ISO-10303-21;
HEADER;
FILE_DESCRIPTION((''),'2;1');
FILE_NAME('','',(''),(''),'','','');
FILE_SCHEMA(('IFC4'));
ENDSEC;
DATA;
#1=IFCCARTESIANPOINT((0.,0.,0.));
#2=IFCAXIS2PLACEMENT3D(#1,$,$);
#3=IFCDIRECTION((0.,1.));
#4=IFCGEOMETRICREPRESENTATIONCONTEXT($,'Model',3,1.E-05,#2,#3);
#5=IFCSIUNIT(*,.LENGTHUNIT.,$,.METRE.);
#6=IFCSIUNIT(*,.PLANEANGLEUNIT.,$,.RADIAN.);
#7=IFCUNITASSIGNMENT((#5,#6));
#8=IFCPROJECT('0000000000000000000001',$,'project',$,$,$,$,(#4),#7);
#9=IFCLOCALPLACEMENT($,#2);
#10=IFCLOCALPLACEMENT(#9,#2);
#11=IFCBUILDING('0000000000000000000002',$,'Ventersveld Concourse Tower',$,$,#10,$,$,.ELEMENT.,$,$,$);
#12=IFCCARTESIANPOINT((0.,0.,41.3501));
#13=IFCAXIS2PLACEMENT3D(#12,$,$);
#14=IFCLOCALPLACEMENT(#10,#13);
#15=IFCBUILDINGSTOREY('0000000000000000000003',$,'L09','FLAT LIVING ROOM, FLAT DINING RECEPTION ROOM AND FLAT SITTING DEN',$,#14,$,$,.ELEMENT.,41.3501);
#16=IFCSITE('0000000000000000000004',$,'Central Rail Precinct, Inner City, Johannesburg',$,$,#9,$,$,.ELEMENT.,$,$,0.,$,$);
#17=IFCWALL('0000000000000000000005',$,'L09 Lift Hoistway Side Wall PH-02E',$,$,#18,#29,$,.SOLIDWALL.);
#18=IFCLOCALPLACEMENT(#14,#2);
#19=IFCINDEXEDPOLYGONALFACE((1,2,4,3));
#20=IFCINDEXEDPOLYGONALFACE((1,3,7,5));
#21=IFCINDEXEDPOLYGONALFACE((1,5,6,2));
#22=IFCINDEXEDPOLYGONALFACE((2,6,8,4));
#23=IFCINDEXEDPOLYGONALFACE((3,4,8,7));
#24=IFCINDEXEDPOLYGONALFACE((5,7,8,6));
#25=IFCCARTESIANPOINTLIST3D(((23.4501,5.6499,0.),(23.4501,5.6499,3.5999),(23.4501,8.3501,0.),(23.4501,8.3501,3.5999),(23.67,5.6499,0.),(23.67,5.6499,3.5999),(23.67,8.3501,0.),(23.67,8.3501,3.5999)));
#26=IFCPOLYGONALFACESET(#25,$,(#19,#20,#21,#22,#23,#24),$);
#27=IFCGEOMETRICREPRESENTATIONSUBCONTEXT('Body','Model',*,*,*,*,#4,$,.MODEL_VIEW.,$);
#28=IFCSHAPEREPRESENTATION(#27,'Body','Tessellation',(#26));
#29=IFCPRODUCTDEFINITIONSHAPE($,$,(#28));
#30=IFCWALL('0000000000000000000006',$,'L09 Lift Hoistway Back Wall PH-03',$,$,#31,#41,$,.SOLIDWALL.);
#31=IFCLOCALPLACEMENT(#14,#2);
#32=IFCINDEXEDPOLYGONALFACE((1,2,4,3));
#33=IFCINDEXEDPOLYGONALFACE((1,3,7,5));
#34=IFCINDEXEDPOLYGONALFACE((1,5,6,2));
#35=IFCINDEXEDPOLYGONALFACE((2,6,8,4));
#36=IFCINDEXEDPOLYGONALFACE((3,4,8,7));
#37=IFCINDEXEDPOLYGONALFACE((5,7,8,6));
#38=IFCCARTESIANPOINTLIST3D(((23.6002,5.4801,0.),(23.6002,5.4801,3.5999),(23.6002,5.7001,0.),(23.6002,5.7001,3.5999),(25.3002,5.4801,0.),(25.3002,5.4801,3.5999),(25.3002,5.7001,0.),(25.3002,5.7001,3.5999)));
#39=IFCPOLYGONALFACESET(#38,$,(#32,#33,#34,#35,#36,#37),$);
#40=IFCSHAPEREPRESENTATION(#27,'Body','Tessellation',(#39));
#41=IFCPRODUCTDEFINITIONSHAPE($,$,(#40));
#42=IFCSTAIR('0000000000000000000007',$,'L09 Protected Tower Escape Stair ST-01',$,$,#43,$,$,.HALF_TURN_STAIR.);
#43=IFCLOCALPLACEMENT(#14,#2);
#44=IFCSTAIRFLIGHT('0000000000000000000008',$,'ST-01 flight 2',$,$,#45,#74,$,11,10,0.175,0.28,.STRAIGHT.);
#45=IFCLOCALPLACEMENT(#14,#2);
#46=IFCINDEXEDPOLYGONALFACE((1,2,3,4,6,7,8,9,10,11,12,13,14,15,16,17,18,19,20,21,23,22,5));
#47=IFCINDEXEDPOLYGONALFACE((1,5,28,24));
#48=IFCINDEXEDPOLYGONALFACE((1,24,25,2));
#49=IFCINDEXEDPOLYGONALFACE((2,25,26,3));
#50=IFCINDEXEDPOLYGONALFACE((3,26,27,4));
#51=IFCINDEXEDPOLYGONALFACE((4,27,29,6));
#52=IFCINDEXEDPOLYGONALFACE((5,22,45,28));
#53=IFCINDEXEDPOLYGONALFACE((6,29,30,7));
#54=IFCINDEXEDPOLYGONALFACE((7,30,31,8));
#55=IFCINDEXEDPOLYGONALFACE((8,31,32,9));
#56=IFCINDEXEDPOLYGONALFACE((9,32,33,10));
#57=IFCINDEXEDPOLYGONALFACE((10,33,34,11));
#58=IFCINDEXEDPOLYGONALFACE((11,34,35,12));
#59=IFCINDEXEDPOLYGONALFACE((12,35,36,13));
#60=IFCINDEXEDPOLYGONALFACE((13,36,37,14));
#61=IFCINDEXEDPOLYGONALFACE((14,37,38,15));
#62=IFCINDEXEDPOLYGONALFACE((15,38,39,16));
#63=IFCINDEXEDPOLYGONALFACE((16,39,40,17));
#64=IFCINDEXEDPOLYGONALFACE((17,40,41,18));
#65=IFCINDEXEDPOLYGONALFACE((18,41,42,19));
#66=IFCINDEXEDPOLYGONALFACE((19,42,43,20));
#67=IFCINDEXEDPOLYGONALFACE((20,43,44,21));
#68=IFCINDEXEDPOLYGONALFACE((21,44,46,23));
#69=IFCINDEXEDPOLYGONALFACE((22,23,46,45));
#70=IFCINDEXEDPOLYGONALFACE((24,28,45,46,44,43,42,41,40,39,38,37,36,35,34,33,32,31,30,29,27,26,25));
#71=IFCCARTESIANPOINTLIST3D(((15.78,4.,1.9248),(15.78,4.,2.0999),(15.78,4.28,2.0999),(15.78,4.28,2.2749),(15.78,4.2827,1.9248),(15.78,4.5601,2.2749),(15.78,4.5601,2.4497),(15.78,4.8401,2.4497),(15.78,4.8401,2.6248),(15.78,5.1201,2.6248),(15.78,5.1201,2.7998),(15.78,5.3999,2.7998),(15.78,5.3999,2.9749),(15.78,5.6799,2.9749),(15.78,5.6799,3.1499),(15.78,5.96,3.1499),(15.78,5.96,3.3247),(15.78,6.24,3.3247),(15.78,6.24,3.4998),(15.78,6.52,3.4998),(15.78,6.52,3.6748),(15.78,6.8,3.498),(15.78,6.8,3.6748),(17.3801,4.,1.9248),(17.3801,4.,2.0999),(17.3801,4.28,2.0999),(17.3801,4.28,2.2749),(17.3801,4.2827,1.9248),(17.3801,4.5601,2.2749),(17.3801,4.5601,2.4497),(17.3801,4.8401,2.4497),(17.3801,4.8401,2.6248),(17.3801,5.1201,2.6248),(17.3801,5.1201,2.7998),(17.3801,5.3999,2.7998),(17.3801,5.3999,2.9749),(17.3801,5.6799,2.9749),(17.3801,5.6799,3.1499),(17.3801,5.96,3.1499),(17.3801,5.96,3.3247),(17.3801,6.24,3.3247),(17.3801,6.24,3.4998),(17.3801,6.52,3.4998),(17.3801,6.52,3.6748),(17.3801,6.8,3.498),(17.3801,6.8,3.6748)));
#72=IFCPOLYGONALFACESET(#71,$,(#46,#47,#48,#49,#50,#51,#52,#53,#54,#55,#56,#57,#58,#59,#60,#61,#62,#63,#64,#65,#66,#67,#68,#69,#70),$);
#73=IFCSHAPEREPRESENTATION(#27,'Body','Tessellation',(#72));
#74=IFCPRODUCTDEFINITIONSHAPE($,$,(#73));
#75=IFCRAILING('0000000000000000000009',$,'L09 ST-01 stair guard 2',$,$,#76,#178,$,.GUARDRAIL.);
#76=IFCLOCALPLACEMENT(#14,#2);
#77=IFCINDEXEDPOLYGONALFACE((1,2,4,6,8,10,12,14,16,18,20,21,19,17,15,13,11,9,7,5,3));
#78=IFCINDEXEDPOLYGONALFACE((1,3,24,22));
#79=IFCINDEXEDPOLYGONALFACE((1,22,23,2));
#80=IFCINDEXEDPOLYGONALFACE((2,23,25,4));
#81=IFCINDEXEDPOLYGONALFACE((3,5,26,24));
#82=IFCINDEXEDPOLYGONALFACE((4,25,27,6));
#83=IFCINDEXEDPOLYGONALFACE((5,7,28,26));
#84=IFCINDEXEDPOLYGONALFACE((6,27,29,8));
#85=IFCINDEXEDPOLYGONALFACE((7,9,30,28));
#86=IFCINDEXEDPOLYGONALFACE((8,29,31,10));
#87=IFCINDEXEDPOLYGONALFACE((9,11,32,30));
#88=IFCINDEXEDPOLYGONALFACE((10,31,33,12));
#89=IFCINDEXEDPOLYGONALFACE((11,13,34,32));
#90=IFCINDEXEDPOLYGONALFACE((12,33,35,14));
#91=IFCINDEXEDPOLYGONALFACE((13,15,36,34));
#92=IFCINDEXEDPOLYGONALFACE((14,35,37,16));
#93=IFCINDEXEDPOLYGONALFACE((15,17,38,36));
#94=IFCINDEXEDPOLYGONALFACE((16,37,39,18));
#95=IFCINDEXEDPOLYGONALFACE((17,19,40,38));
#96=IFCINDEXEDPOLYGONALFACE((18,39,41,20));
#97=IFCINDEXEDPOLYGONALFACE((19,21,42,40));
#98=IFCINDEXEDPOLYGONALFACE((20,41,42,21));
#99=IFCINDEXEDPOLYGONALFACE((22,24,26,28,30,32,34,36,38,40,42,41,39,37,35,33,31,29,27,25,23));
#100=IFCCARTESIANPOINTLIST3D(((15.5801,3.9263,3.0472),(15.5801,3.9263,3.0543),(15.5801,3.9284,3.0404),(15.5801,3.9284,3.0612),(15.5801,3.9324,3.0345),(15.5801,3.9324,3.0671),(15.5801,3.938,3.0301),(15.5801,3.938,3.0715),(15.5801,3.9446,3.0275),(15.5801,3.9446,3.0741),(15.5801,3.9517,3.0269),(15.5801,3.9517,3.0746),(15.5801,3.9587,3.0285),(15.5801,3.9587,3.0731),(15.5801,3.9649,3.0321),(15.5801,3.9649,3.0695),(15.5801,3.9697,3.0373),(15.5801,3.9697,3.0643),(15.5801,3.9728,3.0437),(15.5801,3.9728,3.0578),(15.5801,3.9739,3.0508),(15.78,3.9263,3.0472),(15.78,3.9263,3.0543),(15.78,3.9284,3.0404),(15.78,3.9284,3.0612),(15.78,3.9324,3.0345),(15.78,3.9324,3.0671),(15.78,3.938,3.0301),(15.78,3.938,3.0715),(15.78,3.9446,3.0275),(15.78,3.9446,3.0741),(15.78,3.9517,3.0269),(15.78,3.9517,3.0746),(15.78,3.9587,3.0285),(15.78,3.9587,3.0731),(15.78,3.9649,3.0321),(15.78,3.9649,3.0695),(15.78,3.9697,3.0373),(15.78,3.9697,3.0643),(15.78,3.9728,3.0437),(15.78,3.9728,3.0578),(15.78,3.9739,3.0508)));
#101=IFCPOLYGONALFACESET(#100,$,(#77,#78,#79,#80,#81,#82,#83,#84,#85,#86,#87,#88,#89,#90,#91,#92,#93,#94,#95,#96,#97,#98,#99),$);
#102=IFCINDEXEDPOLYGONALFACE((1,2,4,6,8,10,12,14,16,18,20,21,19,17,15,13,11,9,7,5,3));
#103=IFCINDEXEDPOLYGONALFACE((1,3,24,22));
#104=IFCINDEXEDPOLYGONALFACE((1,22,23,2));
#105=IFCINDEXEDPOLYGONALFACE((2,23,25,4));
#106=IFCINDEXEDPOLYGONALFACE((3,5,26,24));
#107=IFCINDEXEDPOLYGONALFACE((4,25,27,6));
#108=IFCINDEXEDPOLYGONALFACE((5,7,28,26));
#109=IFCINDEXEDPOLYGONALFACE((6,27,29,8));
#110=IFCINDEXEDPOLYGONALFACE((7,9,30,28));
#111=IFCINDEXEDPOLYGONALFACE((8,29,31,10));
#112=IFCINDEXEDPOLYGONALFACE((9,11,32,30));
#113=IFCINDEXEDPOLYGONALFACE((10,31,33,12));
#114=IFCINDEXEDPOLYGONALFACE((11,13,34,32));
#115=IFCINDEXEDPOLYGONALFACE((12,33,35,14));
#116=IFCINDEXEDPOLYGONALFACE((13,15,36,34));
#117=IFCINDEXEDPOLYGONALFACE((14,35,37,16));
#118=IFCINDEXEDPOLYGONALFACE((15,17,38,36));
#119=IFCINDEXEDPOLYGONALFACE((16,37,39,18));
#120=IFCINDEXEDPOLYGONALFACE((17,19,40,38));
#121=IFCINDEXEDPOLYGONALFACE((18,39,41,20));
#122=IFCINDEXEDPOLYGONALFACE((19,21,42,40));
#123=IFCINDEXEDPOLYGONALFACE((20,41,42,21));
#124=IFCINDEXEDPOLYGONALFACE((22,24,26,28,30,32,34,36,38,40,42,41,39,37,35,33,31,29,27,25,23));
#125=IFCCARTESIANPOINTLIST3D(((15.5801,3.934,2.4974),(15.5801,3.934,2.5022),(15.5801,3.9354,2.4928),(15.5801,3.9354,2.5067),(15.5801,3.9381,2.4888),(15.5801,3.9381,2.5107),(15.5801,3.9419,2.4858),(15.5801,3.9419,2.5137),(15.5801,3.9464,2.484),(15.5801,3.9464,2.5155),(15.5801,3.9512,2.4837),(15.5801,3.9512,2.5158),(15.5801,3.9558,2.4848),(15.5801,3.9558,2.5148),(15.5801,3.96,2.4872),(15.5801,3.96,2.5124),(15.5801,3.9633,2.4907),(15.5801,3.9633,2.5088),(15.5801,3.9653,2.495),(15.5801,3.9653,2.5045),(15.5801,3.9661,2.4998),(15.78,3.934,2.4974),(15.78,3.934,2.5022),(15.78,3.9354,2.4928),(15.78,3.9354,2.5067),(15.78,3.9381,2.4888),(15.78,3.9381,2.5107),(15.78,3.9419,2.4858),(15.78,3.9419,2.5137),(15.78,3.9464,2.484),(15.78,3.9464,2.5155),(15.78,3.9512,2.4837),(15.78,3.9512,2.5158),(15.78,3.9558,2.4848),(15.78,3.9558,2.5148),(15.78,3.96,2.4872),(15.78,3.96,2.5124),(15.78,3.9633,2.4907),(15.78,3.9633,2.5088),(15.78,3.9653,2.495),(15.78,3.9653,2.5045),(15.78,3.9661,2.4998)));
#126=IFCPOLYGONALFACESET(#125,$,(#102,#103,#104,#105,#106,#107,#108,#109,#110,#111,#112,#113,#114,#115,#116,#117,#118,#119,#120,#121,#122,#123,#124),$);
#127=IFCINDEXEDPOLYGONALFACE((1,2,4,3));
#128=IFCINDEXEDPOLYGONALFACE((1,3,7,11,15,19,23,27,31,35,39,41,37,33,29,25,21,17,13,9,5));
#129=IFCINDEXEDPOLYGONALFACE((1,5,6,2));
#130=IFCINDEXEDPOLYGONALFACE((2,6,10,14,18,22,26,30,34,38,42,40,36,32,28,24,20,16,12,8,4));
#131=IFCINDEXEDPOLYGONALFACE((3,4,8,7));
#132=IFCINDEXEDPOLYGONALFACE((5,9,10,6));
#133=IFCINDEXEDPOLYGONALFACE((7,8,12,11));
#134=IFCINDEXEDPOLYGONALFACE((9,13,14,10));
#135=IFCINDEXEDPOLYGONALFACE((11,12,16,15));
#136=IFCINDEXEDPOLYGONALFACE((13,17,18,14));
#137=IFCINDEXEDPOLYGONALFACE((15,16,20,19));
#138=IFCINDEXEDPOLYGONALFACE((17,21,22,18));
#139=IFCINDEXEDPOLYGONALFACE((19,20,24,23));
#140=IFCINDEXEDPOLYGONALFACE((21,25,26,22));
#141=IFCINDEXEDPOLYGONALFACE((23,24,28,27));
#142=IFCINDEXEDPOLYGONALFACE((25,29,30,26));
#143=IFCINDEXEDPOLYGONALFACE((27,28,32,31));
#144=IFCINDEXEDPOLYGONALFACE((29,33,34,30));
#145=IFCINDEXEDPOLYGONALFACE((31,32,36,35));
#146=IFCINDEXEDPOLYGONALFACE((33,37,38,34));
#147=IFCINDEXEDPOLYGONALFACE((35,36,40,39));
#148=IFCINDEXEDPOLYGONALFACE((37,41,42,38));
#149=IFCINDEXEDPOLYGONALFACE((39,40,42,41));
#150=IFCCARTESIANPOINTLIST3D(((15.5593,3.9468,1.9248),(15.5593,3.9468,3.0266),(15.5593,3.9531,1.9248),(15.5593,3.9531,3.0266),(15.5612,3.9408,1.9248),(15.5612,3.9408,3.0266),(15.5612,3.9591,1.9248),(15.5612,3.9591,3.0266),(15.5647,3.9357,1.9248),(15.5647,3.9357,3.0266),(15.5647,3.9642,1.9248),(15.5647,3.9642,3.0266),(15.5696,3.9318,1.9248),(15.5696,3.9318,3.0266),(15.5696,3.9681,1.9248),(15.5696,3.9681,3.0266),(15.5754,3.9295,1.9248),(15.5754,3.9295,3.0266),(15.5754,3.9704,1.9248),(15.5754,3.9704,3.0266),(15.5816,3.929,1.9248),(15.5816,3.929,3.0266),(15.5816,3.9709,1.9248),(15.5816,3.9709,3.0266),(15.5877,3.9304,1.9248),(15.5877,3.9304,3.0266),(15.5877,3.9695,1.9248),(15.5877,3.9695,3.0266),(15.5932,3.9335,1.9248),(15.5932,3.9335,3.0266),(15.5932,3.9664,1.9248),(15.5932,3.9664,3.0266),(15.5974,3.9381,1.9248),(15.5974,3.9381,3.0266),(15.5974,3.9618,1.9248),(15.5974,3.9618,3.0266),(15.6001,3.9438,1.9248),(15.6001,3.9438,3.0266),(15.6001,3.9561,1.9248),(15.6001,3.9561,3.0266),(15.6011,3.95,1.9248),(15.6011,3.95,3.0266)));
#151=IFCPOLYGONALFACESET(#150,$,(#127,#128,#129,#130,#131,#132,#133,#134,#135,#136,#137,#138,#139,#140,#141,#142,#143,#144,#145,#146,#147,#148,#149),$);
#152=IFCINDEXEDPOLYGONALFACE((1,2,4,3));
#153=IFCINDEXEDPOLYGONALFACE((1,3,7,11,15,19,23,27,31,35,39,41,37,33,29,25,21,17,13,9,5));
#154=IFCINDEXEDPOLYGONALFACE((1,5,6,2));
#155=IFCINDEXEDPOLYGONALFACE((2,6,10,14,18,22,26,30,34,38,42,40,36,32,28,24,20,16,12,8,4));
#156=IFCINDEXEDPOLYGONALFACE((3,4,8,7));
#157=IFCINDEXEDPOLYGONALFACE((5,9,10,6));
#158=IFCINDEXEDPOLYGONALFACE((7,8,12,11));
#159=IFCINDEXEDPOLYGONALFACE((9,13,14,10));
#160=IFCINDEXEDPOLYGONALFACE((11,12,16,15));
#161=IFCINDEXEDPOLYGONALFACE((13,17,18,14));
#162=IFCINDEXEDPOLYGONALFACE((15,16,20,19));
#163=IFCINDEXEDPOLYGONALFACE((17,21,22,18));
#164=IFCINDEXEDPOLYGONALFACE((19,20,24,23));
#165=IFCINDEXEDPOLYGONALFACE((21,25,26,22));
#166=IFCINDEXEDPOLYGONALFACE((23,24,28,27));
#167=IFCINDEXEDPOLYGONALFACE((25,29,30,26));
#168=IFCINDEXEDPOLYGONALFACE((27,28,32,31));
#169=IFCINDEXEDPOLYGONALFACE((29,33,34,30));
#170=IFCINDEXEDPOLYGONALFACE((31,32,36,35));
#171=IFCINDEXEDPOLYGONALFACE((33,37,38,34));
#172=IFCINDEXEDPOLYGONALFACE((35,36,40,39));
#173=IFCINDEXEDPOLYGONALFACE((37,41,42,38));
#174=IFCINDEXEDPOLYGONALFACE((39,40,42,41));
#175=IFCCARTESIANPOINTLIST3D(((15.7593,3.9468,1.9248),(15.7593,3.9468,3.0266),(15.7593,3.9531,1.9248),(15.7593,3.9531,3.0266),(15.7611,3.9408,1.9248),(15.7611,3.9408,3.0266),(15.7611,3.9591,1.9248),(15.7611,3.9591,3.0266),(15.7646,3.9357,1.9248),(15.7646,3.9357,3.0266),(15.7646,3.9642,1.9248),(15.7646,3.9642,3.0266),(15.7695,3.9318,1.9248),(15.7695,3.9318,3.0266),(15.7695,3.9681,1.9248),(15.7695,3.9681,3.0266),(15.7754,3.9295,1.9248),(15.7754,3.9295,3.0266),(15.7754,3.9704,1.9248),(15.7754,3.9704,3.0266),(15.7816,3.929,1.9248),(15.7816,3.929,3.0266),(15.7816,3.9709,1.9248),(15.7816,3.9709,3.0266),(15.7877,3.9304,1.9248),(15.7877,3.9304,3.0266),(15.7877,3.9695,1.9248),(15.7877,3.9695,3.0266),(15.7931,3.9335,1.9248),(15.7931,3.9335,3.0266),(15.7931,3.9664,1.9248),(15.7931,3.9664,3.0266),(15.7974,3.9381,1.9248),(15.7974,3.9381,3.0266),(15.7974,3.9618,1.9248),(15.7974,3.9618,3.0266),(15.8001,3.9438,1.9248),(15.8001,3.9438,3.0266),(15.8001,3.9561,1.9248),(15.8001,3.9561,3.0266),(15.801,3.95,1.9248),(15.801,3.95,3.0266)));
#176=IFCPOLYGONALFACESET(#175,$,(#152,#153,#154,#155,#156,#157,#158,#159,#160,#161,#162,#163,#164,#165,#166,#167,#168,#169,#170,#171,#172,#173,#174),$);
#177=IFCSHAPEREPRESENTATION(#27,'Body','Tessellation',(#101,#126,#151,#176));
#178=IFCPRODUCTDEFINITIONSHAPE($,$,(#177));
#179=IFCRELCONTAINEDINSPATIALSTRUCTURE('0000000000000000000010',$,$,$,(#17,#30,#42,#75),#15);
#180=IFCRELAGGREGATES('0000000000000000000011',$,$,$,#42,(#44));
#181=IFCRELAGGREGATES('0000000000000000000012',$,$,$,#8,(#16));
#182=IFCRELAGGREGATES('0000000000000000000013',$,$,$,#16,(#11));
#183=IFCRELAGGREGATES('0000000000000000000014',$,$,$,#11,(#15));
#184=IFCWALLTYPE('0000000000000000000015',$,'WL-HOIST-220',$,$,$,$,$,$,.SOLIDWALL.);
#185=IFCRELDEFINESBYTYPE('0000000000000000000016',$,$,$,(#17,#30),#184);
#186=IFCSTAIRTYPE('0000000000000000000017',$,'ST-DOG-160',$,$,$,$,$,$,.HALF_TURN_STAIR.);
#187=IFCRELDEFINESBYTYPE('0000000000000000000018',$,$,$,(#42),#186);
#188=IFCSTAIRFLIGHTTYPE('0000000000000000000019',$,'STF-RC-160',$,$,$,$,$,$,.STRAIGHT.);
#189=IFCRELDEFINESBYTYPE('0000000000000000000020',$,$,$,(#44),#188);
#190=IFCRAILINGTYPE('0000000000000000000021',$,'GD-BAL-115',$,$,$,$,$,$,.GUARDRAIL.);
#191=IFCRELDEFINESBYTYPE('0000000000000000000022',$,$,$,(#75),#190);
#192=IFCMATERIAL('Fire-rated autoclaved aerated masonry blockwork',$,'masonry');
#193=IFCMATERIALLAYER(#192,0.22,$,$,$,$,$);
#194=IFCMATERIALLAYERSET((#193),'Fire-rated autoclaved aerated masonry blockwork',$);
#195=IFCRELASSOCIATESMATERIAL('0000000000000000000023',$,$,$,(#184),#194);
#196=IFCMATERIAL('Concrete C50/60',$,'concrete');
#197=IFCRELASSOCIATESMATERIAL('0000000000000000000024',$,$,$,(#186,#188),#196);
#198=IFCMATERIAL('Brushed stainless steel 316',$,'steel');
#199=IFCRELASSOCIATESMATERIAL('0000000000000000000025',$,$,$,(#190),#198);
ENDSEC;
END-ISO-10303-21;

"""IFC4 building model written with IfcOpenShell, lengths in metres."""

from ifc_helpers import new_model, si_unit, direction, frame, frame_2d, origin, origin_2d, place, context, subcontext, project, spatial, polyline, rectangle, circle, outline, extrude, material, layer, layer_set, type_object, element, aggregate, save


model = new_model("IFC4")

# Units and contexts
model_context = context("Model", 3, precision=1e-05, world=origin(), true_north=direction((0.0, 1.0)))
body_context = subcontext(model_context, "Body", "Model", "MODEL_VIEW")
ifc_project = project(units=[si_unit("LENGTHUNIT", "METRE"), si_unit("PLANEANGLEUNIT", "RADIAN")], contexts=[model_context])

# Site, building, storey
site_placement = place(None, origin())
site = spatial("IfcSite", under=ifc_project, at=site_placement, Name="Central Rail Precinct, Inner City, Johannesburg", CompositionType="ELEMENT", RefElevation=0.0)
building_placement = place(site_placement, origin())
building = spatial("IfcBuilding", under=site, at=building_placement, Name="Ventersveld Concourse Tower", CompositionType="ELEMENT")
storey_placement = place(building_placement, frame((0.0, 0.0, 41.3501)))
storey = spatial("IfcBuildingStorey", under=building, at=storey_placement, Name="L09", Description="FLAT LIVING ROOM, FLAT DINING RECEPTION ROOM AND FLAT SITTING DEN", CompositionType="ELEMENT", Elevation=41.3501)

# Shared definitions
ifc_material_1 = material(Name="Concrete C50/60", Category="concrete")

# Shared definitions
ifc_material_2 = material(Name="Fire-rated autoclaved aerated masonry blockwork", Category="masonry")
ifc_layer_1 = layer(ifc_material_2, 0.22)
ifc_layer_set_1 = layer_set([ifc_layer_1], Name="Fire-rated autoclaved aerated masonry blockwork")
wall_type_1 = type_object("IfcWallType", Name="WL-HOIST-220", PredefinedType="SOLIDWALL", material=ifc_layer_set_1)

# Shared definitions
ifc_material_3 = material(Name="Brushed stainless steel 316", Category="steel")

# Walls
wall_1_placement = place(storey_placement, frame((23.5601, 5.6499, 0.0), z_axis=(0.0, 0.0, 1.0), x_axis=(0.0, 1.0, 0.0)))
element("IfcWall", 1, at=wall_1_placement, inside=storey, type_object=wall_type_1, Name="L09 Lift Hoistway Side Wall PH-02E", PredefinedType="SOLIDWALL", context=body_context, shape_type="SweptSolid", body=[
    extrude(rectangle(XDim=2.7002, YDim=0.22, at=frame_2d((1.3501, 0.0))), origin(), (0.0, 0.0, 1.0), 3.5999),
])
wall_2_placement = place(storey_placement, frame((23.6001, 5.5901, 0.0), z_axis=(0.0, 0.0, 1.0), x_axis=(1.0, 0.0, 0.0)))
element("IfcWall", 2, at=wall_2_placement, inside=storey, type_object=wall_type_1, Name="L09 Lift Hoistway Back Wall PH-03", PredefinedType="SOLIDWALL", context=body_context, shape_type="SweptSolid", body=[
    extrude(rectangle(XDim=1.7, YDim=0.22, at=frame_2d((0.8501, 0.0))), origin(), (0.0, 0.0, 1.0), 3.5999),
])

# Stair, stair flight
stair_type = type_object("IfcStairType", Name="ST-DOG-160", PredefinedType="HALF_TURN_STAIR", material=ifc_material_1)
stair_placement = place(storey_placement, origin())
stair = element("IfcStair", 3, at=stair_placement, inside=storey, type_object=stair_type, Name="L09 Protected Tower Escape Stair ST-01", PredefinedType="HALF_TURN_STAIR")
stair_flight_type = type_object("IfcStairFlightType", Name="STF-RC-160", PredefinedType="STRAIGHT", material=ifc_material_1)
stair_flight_placement = place(storey_placement, frame((16.5801, 4.0, 1.9248), z_axis=(0.0, 0.0, 1.0), x_axis=(0.0, 1.0, 0.0)))
stair_flight = element("IfcStairFlight", 4, at=stair_flight_placement, type_object=stair_flight_type, Name="ST-01 flight 2", NumberOfRisers=11, NumberOfTreads=10, PredefinedType="STRAIGHT", RiserHeight=0.175, TreadLength=0.28, context=body_context, shape_type="SweptSolid", body=[
    extrude(outline(polyline([(0.0, 0.0), (0.0, 0.175), (0.28, 0.175), (0.28, 0.3501), (0.5601, 0.3501), (0.5601, 0.5249), (0.8401, 0.5249), (0.8401, 0.7), (1.1201, 0.7), (1.1201, 0.875), (1.3999, 0.875), (1.3999, 1.05), (1.6799, 1.05), (1.6799, 1.2251), (1.96, 1.2251), (1.96, 1.3999), (2.24, 1.3999), (2.24, 1.575), (2.52, 1.575), (2.52, 1.75), (2.8, 1.75), (2.8, 1.925), (2.8, 1.5732), (0.2827, 0.0), (0.0, 0.0)])), frame((0.0, 0.8, 0.0), z_axis=(0.0, -1.0, 0.0), x_axis=(1.0, 0.0, 0.0)), (0.0, 0.0, 1.0), 1.6001),
])
aggregate(stair, [stair_flight])

# Railing
railing_type_1 = type_object("IfcRailingType", Name="GD-BAL-115", PredefinedType="GUARDRAIL", material=ifc_material_3)
railing_1_placement = place(storey_placement, frame((15.5801, 3.95, 1.9248)))
element("IfcRailing", 5, at=railing_1_placement, inside=storey, type_object=railing_type_1, Name="L09 ST-01 stair guard 2", PredefinedType="GUARDRAIL", context=body_context, shape_type="SweptSolid", body=[
    extrude(circle(Radius=0.0239, at=origin_2d()), frame((0.0, 0.0, 1.126), z_axis=(1.0, 0.0, 0.0), x_axis=(0.0, 1.0, 0.0)), (0.0, 0.0, 1.0), 0.2),
    extrude(circle(Radius=0.0161, at=origin_2d()), frame((0.0, 0.0, 0.575), z_axis=(1.0, 0.0, 0.0), x_axis=(0.0, 1.0, 0.0)), (0.0, 0.0, 1.0), 0.2),
    extrude(circle(Radius=0.021, at=origin_2d()), origin(), (0.0, 0.0, 1.0), 1.1018),
    extrude(circle(Radius=0.021, at=origin_2d()), frame((0.2, 0.0, 0.0)), (0.0, 0.0, 1.0), 1.1018),
])

save(model, "model.ifc")
